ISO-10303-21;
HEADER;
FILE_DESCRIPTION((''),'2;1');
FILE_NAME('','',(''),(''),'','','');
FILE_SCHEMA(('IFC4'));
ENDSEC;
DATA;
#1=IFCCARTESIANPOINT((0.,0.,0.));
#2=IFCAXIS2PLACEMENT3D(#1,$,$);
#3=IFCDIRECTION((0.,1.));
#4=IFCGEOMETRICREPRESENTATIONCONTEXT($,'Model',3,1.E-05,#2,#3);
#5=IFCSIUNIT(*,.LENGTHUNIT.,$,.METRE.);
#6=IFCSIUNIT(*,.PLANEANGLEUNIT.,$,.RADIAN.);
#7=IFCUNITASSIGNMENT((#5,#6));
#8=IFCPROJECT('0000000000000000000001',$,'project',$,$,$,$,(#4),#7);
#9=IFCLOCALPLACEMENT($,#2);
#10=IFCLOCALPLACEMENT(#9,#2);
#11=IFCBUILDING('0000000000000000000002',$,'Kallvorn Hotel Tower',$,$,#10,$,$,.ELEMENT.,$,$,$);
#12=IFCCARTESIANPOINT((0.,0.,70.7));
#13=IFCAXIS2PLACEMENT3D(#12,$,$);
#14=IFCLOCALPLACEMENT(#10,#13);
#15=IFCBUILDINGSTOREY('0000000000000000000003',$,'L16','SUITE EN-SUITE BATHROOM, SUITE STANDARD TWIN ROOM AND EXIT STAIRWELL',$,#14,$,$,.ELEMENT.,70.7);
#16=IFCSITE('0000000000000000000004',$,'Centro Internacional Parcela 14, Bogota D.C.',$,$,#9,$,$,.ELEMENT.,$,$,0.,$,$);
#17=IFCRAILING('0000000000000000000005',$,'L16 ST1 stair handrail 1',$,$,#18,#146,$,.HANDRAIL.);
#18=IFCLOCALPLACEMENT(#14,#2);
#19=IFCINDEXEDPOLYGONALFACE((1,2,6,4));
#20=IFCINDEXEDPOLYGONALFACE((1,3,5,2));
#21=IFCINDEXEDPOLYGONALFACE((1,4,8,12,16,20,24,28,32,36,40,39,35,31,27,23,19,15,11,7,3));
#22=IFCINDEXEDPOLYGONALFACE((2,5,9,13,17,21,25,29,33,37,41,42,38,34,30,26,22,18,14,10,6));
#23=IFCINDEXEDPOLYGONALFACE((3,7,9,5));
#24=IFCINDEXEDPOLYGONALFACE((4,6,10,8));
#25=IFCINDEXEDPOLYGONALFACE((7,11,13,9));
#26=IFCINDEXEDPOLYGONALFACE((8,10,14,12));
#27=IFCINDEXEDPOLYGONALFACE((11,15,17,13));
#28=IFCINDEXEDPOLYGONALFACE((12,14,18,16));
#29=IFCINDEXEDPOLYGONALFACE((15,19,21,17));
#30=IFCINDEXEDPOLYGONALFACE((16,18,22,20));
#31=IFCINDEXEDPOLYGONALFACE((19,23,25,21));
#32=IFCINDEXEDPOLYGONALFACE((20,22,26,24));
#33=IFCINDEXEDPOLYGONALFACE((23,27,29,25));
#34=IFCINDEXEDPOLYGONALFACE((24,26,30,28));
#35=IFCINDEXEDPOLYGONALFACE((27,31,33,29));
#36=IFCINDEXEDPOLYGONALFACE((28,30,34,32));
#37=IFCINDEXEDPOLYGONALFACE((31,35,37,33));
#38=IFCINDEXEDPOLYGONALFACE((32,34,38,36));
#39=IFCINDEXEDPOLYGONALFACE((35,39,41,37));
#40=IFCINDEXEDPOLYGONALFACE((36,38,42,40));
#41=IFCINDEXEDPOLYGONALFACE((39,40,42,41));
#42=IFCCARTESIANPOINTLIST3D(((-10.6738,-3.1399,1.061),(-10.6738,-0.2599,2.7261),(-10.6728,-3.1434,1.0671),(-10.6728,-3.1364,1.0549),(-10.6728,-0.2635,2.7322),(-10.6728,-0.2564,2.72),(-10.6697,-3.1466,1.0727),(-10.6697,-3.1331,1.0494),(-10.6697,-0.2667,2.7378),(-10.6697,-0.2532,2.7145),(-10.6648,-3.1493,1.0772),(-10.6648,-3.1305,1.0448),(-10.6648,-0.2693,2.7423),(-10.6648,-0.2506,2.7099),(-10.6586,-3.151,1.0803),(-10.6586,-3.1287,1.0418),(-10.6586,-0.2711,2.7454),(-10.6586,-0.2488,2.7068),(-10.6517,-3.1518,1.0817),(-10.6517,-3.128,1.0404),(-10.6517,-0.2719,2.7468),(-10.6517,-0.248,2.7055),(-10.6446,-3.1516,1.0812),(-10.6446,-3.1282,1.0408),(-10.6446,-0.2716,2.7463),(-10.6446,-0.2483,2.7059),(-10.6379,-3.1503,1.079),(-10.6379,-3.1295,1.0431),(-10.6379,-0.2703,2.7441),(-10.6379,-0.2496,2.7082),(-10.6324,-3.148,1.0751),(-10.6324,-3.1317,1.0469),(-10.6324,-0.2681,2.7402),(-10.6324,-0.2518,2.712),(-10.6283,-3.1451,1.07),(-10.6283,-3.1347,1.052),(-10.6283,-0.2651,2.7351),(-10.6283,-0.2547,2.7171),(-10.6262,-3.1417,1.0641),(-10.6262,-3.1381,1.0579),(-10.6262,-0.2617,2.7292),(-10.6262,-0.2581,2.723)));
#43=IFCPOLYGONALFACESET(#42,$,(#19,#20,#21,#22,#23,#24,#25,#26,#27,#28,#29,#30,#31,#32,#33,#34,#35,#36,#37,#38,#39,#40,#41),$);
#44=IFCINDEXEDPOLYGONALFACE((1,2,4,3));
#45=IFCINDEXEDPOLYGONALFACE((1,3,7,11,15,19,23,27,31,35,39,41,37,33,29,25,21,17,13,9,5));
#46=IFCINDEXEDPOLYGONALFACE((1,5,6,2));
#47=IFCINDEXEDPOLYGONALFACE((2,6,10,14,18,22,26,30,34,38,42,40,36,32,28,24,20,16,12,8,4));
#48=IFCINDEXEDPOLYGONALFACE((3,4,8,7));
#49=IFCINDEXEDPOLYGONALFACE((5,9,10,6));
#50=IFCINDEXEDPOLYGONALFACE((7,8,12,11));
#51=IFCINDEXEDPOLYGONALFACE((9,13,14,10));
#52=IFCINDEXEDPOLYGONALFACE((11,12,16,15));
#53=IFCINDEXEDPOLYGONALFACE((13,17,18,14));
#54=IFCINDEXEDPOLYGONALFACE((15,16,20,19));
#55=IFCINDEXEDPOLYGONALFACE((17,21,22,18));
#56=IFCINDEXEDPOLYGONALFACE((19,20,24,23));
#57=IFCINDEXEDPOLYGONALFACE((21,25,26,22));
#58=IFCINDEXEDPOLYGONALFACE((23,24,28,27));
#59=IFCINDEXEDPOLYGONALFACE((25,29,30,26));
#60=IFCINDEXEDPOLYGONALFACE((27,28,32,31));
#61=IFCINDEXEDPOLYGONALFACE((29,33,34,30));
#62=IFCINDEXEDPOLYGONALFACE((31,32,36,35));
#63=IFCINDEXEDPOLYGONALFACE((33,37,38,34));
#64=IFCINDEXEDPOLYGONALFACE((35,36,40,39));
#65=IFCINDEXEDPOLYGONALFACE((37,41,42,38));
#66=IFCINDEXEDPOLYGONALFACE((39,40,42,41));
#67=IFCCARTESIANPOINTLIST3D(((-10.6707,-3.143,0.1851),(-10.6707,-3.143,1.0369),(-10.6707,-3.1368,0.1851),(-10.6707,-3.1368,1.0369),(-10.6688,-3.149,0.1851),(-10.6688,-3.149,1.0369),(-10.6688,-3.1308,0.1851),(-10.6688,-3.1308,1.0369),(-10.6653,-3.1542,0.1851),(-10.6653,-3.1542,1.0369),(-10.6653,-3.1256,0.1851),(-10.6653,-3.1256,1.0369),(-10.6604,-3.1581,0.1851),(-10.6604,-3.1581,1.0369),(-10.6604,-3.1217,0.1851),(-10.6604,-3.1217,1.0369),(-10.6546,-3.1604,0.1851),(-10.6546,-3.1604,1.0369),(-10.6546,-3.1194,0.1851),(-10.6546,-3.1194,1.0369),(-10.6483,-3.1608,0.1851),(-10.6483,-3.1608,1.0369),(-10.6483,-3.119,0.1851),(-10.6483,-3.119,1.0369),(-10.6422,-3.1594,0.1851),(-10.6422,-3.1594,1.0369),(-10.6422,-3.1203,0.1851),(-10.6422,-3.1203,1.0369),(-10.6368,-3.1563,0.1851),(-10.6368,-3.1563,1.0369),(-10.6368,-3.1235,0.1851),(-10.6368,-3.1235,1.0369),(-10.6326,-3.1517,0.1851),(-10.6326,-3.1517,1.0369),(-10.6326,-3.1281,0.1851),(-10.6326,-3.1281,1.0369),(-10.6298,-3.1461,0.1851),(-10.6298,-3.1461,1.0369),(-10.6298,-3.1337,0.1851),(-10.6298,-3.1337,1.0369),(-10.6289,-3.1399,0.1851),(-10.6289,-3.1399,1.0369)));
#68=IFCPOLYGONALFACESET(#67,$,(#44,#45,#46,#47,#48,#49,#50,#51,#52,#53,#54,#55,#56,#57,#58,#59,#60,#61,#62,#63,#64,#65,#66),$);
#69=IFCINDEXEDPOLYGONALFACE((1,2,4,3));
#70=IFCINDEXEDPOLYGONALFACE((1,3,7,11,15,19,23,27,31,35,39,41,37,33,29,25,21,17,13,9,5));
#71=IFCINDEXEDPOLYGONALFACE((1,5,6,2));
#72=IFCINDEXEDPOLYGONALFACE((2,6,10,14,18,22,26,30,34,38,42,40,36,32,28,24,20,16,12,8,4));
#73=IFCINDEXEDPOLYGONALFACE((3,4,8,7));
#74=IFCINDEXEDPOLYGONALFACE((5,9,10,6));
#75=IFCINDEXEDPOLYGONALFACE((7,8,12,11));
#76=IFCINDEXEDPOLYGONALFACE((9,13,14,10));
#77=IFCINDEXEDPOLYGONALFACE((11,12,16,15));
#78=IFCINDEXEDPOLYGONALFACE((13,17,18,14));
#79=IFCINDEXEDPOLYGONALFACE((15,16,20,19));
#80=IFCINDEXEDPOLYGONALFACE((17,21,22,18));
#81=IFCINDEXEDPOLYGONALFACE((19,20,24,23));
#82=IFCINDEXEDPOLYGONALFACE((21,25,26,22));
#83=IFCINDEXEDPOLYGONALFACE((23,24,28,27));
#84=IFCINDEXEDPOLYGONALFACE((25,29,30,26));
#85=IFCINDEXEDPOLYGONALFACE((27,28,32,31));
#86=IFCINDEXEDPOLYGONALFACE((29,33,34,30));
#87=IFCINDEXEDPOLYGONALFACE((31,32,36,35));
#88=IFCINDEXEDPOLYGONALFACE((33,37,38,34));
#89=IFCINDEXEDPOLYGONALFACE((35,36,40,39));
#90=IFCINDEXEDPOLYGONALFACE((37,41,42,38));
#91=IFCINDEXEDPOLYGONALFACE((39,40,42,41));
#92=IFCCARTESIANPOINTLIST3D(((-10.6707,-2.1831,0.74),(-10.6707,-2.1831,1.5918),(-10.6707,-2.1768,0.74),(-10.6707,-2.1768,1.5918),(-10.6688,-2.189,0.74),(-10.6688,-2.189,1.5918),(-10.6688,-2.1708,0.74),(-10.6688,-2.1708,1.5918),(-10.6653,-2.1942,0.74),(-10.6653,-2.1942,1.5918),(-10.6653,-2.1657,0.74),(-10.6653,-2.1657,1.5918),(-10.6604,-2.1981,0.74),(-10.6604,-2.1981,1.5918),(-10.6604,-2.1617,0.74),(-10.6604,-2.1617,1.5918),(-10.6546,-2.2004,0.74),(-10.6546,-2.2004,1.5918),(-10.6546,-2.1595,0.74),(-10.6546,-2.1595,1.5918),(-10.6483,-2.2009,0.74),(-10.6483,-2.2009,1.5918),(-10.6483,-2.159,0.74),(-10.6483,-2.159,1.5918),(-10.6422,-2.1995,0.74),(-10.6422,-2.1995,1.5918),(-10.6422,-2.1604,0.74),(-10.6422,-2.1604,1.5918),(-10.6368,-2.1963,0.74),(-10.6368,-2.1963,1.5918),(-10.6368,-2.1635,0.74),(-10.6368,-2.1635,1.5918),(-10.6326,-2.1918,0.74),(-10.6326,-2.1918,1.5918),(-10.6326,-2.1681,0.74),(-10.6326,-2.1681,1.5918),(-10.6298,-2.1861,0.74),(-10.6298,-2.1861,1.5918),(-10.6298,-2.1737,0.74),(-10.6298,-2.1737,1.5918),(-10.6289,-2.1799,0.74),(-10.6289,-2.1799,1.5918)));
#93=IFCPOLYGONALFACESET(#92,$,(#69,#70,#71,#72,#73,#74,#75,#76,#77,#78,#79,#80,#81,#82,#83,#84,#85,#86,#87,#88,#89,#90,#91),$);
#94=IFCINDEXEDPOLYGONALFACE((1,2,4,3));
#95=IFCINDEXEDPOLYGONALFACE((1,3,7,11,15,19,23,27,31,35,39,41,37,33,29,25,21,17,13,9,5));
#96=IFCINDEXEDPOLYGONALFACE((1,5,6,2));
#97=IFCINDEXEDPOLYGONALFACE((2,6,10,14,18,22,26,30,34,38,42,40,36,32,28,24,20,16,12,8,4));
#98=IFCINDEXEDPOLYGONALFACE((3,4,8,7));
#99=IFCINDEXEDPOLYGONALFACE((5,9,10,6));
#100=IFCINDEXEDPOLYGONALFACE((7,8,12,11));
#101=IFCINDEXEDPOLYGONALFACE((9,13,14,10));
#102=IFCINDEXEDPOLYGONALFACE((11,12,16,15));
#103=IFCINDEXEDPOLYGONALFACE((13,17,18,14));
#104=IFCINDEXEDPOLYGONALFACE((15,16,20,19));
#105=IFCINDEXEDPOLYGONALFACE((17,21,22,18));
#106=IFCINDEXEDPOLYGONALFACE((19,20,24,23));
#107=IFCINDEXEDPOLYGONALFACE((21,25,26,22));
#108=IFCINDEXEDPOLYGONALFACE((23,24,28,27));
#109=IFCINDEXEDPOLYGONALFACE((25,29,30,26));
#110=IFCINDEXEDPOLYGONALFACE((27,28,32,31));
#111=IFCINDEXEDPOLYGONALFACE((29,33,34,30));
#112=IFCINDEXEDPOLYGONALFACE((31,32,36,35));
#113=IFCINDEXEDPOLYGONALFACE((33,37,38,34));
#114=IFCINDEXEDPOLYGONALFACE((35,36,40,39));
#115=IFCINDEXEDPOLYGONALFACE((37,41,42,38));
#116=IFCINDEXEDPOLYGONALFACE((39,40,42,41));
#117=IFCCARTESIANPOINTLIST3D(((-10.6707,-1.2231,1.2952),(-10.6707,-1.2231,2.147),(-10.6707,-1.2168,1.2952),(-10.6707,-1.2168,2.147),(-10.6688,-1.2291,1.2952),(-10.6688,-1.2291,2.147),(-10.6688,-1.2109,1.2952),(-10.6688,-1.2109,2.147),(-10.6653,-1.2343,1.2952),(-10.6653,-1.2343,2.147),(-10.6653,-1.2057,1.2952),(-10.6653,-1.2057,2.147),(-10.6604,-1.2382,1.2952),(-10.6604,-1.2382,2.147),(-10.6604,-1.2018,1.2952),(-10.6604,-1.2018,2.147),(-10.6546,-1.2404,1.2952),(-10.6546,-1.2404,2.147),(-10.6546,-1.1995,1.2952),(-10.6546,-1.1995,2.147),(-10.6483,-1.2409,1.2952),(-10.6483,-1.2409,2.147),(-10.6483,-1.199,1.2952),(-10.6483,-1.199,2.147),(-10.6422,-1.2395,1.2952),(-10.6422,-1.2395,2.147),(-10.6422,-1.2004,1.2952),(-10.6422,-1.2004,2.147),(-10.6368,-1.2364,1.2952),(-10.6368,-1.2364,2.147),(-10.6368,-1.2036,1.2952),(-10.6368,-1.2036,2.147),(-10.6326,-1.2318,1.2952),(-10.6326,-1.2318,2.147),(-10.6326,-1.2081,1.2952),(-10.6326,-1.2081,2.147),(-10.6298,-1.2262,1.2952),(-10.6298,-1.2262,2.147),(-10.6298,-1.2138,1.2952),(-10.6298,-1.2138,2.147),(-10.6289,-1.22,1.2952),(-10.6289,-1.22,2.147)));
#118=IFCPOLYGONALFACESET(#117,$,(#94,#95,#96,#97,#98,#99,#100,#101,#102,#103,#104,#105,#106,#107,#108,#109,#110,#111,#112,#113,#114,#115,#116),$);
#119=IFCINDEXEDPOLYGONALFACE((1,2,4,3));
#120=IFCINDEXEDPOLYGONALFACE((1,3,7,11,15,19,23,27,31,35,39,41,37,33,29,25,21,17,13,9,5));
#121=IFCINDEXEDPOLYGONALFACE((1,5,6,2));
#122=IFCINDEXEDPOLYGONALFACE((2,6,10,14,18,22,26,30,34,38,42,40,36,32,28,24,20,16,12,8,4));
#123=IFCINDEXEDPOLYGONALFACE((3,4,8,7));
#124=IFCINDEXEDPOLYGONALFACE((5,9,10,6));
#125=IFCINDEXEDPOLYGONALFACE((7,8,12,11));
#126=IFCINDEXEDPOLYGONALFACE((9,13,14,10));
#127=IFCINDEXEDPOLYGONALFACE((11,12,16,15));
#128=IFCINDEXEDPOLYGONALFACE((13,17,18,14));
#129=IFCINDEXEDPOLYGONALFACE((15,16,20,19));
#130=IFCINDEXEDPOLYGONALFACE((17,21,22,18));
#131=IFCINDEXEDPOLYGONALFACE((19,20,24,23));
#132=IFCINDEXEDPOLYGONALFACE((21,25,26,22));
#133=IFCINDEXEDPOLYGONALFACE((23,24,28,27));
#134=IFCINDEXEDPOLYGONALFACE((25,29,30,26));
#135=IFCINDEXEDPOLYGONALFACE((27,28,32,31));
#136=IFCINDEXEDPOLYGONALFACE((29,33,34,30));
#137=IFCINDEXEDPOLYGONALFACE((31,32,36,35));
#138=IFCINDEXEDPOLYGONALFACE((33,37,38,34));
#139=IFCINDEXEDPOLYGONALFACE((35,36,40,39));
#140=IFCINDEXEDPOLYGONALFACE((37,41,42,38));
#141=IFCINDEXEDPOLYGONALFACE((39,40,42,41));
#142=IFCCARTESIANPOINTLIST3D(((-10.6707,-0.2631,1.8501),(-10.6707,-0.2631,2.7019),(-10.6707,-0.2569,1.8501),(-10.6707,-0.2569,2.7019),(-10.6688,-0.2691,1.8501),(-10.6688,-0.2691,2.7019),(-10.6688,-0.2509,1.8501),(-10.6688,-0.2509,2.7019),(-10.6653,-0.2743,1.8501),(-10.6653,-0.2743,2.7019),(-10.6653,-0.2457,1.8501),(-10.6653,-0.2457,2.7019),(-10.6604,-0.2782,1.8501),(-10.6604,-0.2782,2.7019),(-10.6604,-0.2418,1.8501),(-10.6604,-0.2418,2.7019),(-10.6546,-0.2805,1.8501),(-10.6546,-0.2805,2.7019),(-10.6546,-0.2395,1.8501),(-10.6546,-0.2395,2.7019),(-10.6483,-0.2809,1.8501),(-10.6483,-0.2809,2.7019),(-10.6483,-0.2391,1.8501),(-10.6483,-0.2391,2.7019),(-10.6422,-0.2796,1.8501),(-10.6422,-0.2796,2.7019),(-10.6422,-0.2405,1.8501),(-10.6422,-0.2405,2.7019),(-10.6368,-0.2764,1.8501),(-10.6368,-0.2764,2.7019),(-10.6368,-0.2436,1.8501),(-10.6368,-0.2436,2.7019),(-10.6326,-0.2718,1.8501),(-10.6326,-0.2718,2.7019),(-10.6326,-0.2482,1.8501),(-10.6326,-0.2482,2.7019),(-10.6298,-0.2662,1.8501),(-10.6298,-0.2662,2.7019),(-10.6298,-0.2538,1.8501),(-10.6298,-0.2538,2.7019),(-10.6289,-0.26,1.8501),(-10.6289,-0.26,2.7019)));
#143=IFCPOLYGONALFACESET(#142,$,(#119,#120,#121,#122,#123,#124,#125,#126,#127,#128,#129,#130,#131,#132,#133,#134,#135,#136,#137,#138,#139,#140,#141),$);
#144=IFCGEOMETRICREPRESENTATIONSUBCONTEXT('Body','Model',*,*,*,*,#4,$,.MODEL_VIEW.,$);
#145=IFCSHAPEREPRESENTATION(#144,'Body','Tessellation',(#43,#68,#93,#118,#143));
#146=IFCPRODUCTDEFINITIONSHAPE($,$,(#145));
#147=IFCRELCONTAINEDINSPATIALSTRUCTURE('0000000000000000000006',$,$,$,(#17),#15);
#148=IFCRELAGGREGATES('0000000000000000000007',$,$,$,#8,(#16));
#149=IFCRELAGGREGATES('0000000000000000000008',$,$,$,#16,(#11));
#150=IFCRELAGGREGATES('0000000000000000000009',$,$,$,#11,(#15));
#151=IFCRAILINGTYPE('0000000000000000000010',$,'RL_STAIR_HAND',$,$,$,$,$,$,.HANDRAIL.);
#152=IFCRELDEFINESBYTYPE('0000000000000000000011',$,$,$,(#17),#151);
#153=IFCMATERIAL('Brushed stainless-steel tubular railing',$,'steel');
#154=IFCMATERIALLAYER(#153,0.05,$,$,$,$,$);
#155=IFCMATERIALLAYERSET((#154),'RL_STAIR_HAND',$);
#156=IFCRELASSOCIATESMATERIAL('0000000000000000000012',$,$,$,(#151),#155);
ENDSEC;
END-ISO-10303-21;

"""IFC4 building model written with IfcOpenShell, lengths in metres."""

from ifc_helpers import new_model, si_unit, direction, frame, origin, origin_2d, place, context, subcontext, project, spatial, circle, extrude, material, layer, layer_set, type_object, element, save


model = new_model("IFC4")

# Units and contexts
model_context = context("Model", 3, precision=1e-05, world=origin(), true_north=direction((0.0, 1.0)))
body_context = subcontext(model_context, "Body", "Model", "MODEL_VIEW")
ifc_project = project(units=[si_unit("LENGTHUNIT", "METRE"), si_unit("PLANEANGLEUNIT", "RADIAN")], contexts=[model_context])

# Site, building, storey
site_placement = place(None, origin())
site = spatial("IfcSite", under=ifc_project, at=site_placement, Name="Centro Internacional Parcela 14, Bogota D.C.", CompositionType="ELEMENT", RefElevation=0.0)
building_placement = place(site_placement, origin())
building = spatial("IfcBuilding", under=site, at=building_placement, Name="Kallvorn Hotel Tower", CompositionType="ELEMENT")
storey_placement = place(building_placement, frame((0.0, 0.0, 70.7)))
storey = spatial("IfcBuildingStorey", under=building, at=storey_placement, Name="L16", Description="SUITE EN-SUITE BATHROOM, SUITE STANDARD TWIN ROOM AND EXIT STAIRWELL", CompositionType="ELEMENT", Elevation=70.7)

# Railing
ifc_material_1 = material(Name="Brushed stainless-steel tubular railing", Category="steel")
ifc_layer_1 = layer(ifc_material_1, 0.05)
ifc_layer_set_1 = layer_set([ifc_layer_1], Name="RL_STAIR_HAND")
railing_type_1 = type_object("IfcRailingType", Name="RL_STAIR_HAND", PredefinedType="HANDRAIL", material=ifc_layer_set_1)
railing_1_placement = place(storey_placement, frame((-10.6499, -3.1399, 0.1851)))
element("IfcRailing", 1, at=railing_1_placement, inside=storey, type_object=railing_type_1, Name="L16 ST1 stair handrail 1", PredefinedType="HANDRAIL", context=body_context, shape_type="SweptSolid", body=[
    extrude(circle(Radius=0.0239, at=origin_2d()), frame((0.0, 0.0, 0.876), z_axis=(0.0, 0.865721, 0.500527), x_axis=(-1.0, 0.0, 0.0)), (0.0, 0.0, 1.0), 3.3267),
    extrude(circle(Radius=0.021, at=origin_2d()), origin(), (0.0, 0.0, 1.0), 0.8518),
    extrude(circle(Radius=0.021, at=origin_2d()), frame((0.0, 0.96, 0.5549)), (0.0, 0.0, 1.0), 0.8518),
    extrude(circle(Radius=0.021, at=origin_2d()), frame((0.0, 1.9199, 1.1101)), (0.0, 0.0, 1.0), 0.8518),
    extrude(circle(Radius=0.021, at=origin_2d()), frame((0.0, 2.8799, 1.665)), (0.0, 0.0, 1.0), 0.8518),
])

save(model, "model.ifc")
